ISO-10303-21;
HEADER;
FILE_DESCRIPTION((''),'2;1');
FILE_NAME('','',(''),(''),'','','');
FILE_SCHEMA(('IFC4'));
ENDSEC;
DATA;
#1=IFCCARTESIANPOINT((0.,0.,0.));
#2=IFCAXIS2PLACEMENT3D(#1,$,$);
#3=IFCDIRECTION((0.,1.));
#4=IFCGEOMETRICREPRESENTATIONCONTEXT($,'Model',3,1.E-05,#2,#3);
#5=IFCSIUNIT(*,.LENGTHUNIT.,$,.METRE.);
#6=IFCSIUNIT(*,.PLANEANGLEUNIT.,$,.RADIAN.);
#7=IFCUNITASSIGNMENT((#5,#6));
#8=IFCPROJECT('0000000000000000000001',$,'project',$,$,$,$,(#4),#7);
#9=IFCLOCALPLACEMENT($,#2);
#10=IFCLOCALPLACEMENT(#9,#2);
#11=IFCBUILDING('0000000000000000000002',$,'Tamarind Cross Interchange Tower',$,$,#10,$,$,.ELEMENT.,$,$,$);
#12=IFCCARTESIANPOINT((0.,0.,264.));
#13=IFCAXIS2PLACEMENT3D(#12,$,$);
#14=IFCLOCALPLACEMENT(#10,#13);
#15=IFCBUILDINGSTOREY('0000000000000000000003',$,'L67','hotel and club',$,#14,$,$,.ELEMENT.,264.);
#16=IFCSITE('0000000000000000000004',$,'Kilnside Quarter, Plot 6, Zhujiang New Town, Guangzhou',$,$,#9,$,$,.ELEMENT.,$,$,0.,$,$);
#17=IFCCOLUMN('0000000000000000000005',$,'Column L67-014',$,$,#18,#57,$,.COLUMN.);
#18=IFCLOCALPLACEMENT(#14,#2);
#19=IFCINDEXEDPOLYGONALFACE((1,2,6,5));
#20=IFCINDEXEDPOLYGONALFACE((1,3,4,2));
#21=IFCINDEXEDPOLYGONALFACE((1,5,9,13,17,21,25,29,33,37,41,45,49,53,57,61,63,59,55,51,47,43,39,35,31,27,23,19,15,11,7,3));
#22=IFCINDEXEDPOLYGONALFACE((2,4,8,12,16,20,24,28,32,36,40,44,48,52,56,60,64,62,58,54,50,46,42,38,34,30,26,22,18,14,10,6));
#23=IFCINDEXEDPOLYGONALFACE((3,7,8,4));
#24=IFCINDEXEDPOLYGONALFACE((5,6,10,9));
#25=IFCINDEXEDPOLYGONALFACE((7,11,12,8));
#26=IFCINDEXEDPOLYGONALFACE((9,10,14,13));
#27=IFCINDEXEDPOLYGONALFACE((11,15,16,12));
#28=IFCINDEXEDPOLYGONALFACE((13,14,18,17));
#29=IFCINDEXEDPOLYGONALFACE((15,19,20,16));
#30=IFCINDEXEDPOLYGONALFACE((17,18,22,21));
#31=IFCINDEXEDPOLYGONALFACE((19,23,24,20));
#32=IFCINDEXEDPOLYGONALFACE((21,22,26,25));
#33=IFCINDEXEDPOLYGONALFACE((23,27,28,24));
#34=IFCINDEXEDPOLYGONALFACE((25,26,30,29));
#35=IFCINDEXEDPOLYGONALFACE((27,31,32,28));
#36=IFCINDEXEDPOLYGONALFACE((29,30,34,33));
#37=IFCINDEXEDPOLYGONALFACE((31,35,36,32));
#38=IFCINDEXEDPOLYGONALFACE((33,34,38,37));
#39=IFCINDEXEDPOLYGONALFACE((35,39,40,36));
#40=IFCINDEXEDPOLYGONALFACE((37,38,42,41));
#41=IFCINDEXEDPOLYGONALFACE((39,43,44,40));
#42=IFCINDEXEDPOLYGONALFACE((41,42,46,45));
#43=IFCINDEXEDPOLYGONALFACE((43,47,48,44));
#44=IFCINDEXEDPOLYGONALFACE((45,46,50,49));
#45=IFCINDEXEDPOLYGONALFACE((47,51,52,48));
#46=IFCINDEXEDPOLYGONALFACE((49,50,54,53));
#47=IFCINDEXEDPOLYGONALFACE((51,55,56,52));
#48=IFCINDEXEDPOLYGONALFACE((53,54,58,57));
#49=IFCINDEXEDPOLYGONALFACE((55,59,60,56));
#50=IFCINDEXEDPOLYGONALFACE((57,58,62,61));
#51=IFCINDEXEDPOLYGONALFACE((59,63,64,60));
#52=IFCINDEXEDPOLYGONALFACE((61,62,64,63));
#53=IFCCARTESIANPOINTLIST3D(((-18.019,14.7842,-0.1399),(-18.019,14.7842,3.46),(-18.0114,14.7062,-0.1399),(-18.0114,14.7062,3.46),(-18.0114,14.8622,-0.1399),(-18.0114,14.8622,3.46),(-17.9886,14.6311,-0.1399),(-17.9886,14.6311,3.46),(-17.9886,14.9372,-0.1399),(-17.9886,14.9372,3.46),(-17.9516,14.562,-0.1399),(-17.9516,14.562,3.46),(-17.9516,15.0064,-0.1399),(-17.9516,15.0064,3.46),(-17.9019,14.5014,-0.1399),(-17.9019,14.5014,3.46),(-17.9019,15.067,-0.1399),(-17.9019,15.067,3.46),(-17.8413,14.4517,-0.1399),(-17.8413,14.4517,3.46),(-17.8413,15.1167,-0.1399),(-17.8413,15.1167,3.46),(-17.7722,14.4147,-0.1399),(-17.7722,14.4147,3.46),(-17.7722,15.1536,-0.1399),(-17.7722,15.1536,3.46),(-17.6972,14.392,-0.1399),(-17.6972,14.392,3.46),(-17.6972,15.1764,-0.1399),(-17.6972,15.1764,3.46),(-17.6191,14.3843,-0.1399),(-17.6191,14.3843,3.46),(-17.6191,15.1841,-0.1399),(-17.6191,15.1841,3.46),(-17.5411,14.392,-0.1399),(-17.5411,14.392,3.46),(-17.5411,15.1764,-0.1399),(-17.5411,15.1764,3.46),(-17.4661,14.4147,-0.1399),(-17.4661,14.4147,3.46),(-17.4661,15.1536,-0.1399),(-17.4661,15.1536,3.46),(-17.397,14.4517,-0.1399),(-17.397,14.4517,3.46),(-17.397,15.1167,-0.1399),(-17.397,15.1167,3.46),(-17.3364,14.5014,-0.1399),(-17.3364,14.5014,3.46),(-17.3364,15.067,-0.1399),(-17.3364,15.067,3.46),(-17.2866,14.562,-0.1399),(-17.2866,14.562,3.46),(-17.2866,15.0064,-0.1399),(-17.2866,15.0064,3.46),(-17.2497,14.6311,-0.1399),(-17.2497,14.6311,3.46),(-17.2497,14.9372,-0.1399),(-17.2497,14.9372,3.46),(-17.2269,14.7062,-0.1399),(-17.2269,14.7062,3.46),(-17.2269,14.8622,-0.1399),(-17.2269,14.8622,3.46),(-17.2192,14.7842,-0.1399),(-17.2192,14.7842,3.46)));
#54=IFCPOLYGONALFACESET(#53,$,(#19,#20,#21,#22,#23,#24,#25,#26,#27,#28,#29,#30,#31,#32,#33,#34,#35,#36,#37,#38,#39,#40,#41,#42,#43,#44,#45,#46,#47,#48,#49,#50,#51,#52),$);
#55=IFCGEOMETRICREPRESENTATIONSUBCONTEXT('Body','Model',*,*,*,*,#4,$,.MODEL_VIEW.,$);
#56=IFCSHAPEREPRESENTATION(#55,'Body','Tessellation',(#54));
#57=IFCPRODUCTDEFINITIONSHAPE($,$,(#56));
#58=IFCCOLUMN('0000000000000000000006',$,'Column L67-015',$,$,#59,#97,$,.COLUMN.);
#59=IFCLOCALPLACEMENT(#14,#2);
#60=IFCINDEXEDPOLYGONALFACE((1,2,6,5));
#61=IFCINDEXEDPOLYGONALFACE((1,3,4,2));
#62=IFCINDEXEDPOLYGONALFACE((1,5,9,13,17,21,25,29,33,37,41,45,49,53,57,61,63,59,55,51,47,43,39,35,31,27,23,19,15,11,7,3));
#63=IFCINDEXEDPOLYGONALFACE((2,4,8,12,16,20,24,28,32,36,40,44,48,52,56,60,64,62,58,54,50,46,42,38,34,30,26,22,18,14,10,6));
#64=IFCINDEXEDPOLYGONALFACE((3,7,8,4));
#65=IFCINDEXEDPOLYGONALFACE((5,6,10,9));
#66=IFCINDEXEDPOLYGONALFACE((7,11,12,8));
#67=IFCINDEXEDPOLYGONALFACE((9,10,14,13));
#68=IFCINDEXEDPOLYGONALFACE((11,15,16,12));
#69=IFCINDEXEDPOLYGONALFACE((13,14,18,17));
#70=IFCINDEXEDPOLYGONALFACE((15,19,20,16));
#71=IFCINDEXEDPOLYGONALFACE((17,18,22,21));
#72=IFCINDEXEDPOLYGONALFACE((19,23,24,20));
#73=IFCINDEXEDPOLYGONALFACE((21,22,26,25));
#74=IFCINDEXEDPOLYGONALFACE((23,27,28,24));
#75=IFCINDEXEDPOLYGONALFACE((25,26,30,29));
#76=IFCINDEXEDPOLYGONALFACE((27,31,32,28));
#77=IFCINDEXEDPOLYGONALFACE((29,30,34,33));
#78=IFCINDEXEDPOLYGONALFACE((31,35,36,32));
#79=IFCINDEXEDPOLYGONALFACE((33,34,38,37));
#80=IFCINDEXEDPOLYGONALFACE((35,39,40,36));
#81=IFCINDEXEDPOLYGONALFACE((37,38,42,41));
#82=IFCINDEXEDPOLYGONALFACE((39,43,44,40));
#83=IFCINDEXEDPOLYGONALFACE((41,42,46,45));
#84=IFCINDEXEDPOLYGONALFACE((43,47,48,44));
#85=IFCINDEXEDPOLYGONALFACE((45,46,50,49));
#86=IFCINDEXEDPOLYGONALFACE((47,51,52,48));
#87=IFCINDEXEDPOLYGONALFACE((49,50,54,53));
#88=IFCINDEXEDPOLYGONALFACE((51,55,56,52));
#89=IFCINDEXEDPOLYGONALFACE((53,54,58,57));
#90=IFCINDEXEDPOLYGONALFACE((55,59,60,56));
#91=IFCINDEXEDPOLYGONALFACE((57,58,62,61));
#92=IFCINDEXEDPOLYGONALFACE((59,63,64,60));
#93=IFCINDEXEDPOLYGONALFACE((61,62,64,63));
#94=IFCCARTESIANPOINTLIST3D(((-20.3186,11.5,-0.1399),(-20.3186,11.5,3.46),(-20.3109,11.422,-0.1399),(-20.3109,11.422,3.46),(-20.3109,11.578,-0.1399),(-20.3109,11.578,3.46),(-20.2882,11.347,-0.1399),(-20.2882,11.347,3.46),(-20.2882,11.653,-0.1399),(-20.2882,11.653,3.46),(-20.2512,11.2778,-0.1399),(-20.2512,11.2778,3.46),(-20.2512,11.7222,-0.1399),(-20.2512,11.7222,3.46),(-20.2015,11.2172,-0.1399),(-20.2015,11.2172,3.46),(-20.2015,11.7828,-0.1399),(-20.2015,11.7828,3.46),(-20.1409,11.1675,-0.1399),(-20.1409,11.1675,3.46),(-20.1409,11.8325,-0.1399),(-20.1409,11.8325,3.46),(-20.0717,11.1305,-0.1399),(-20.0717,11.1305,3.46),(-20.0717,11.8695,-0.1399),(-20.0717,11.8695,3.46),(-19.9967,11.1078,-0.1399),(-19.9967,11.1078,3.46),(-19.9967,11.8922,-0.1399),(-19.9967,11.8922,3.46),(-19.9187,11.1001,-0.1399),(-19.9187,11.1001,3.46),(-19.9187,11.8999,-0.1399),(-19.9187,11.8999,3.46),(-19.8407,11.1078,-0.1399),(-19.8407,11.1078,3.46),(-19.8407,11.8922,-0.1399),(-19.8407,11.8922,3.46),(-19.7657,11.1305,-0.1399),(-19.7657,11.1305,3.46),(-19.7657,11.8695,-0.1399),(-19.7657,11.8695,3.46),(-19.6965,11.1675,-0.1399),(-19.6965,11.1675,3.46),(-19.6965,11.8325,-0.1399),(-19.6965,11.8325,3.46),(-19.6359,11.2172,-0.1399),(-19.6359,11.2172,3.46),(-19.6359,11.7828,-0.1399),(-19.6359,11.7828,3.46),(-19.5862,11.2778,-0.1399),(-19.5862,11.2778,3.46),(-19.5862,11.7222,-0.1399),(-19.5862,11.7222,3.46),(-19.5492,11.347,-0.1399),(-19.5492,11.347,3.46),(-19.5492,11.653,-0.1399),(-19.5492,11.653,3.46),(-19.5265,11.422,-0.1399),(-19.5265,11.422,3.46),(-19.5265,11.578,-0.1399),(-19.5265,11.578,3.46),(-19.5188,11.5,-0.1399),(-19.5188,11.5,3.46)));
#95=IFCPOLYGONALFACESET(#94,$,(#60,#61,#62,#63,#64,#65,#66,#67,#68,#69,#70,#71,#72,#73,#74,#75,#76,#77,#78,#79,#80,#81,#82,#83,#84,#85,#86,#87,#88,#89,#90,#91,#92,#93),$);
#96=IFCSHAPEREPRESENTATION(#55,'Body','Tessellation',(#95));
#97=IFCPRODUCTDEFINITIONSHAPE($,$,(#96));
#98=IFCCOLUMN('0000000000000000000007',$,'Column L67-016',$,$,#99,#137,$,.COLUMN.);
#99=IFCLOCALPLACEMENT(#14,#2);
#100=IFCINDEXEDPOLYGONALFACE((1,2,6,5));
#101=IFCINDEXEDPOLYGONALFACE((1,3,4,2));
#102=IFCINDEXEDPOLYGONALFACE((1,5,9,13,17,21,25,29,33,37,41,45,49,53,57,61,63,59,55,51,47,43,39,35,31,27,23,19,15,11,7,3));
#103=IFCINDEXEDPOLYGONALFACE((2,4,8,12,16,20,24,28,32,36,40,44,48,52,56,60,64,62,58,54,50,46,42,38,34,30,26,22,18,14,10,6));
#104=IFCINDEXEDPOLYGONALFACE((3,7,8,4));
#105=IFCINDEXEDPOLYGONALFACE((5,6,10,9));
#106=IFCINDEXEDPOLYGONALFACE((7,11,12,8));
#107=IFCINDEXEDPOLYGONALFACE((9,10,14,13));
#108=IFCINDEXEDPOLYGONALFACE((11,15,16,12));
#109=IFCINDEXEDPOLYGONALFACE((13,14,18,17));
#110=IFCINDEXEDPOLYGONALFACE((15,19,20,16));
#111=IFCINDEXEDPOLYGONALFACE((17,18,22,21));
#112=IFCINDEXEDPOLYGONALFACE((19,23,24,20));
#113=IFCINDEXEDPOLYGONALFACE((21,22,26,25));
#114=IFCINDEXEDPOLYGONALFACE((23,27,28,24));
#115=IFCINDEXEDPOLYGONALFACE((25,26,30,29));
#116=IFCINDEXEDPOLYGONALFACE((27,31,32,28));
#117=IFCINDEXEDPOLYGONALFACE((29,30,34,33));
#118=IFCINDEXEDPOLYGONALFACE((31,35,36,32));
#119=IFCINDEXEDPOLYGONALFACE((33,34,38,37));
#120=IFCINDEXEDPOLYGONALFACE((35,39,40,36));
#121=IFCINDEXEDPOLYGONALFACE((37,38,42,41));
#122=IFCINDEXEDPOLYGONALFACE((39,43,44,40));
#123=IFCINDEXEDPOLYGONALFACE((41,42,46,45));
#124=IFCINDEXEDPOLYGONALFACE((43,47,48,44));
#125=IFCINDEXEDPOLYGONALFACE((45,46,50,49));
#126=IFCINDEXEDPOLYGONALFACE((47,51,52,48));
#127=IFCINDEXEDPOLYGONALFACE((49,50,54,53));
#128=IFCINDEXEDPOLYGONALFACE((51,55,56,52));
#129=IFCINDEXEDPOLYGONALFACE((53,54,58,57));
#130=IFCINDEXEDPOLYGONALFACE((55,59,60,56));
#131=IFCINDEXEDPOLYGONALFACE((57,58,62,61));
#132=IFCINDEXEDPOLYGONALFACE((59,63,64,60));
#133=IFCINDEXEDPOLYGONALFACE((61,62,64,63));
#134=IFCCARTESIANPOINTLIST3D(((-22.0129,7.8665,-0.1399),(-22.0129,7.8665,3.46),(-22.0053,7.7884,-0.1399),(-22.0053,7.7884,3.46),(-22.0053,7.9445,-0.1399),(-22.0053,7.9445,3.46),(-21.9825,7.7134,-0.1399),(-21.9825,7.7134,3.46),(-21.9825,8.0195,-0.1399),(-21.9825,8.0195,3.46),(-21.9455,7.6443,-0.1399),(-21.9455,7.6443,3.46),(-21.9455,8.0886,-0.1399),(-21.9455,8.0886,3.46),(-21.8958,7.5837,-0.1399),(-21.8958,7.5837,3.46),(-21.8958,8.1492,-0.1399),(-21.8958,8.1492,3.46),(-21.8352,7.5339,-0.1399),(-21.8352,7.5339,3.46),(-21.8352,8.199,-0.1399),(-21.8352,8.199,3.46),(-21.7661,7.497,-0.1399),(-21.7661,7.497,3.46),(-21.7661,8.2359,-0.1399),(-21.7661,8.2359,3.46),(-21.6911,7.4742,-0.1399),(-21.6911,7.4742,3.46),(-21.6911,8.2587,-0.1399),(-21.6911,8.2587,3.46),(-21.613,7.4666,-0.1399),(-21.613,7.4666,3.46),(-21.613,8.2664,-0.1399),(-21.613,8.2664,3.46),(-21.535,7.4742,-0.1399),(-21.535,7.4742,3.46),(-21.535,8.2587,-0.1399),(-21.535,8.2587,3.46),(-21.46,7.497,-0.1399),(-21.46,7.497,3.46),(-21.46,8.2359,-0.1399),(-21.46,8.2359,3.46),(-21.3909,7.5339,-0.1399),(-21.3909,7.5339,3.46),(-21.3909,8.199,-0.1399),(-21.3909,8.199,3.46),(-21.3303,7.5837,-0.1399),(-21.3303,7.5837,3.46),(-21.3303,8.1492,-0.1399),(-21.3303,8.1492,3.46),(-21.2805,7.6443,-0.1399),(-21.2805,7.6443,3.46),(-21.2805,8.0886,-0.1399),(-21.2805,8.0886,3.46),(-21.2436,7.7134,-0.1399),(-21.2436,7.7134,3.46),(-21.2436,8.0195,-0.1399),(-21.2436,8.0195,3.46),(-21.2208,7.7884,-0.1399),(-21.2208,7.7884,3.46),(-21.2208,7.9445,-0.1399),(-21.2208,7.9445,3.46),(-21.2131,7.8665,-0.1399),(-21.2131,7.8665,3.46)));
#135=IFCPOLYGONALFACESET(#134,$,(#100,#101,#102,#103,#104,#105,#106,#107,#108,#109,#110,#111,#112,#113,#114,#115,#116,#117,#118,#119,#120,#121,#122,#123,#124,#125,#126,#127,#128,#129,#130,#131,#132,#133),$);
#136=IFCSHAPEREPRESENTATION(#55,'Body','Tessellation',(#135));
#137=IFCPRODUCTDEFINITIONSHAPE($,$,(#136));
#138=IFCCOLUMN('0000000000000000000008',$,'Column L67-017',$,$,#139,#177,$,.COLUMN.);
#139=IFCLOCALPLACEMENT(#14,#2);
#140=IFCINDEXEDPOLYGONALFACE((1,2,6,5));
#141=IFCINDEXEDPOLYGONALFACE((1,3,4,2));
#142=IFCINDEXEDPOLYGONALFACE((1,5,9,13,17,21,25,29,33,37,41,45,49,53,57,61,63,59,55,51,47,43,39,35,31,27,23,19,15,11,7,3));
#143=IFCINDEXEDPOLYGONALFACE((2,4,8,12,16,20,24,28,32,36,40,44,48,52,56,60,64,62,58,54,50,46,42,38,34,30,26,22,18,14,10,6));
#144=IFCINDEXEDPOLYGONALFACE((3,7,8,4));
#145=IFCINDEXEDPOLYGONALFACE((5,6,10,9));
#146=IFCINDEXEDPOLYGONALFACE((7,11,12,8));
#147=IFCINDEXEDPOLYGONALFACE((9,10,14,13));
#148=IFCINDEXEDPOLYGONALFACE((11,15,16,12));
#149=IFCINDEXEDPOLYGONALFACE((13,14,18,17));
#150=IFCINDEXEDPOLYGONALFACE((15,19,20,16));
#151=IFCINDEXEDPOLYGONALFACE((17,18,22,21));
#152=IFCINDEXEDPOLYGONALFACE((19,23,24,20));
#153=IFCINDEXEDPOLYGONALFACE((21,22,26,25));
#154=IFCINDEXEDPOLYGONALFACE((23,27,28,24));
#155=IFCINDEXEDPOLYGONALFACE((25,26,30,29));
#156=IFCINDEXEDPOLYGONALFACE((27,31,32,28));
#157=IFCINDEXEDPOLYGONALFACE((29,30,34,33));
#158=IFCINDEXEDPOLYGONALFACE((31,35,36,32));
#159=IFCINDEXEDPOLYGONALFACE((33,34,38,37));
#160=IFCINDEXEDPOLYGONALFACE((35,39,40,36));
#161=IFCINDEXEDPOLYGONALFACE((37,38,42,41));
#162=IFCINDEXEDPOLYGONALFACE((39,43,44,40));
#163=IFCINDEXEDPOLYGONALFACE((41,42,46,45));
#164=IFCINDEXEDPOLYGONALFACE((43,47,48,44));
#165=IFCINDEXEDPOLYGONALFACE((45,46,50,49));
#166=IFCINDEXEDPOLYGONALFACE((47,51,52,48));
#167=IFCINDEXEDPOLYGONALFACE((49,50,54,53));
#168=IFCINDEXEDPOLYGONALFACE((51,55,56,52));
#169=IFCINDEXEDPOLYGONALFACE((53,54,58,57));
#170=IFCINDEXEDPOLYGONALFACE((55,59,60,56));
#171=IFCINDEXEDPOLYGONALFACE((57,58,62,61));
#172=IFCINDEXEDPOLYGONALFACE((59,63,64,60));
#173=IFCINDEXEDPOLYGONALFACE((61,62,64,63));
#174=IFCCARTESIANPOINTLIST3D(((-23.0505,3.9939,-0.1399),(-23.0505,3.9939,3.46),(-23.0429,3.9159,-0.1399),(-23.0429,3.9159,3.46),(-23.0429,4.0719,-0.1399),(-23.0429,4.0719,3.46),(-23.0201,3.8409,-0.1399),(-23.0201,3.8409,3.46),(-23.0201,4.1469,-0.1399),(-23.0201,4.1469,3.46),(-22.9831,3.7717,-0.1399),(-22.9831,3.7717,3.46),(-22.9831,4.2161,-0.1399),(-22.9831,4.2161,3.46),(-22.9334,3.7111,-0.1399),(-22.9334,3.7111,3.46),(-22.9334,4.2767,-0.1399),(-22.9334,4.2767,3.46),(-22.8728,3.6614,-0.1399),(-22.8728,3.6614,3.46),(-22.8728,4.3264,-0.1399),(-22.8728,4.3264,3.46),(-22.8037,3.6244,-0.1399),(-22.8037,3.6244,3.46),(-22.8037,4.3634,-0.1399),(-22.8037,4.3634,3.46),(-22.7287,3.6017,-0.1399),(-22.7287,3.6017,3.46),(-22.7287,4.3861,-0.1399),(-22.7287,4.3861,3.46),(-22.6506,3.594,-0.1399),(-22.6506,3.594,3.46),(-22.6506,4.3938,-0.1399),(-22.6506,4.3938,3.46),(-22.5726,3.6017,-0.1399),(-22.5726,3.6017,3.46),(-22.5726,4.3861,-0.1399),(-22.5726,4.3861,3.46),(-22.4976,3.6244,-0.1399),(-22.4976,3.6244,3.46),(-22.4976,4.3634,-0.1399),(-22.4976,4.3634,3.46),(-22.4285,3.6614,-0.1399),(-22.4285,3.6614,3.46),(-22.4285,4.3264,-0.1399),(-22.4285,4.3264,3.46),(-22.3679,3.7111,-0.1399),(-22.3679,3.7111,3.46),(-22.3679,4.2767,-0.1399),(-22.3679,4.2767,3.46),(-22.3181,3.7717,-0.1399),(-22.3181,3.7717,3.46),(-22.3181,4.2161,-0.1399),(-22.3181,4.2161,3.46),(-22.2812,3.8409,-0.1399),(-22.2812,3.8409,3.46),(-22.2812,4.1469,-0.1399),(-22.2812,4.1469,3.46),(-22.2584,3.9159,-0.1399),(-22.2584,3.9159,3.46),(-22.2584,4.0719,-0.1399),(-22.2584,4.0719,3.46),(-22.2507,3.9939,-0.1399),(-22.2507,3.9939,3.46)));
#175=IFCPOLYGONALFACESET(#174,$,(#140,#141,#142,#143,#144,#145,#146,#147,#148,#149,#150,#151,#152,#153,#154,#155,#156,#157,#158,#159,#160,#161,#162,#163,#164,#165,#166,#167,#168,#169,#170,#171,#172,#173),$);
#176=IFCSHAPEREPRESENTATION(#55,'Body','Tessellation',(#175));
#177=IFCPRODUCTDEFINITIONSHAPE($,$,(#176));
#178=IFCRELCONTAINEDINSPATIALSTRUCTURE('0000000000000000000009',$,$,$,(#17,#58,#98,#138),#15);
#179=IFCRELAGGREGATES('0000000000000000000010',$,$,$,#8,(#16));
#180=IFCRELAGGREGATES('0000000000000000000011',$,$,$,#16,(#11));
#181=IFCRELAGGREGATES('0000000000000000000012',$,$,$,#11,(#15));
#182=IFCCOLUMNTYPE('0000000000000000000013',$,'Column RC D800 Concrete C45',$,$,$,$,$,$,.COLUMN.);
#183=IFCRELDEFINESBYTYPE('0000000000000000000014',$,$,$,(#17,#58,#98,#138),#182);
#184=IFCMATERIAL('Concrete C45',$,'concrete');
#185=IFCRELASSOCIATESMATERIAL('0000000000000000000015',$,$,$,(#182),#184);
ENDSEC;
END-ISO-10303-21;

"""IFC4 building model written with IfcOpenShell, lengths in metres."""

from ifc_helpers import new_model, si_unit, direction, frame, origin, origin_2d, place, context, subcontext, project, spatial, circle, extrude, material, material_profile, profile_set, type_object, element, save


model = new_model("IFC4")

# Units and contexts
model_context = context("Model", 3, precision=1e-05, world=origin(), true_north=direction((0.0, 1.0)))
body_context = subcontext(model_context, "Body", "Model", "MODEL_VIEW")
ifc_project = project(units=[si_unit("LENGTHUNIT", "METRE"), si_unit("PLANEANGLEUNIT", "RADIAN")], contexts=[model_context])

# Site, building, storey
site_placement = place(None, origin())
site = spatial("IfcSite", under=ifc_project, at=site_placement, Name="Kilnside Quarter, Plot 6, Zhujiang New Town, Guangzhou", CompositionType="ELEMENT", RefElevation=0.0)
building_placement = place(site_placement, origin())
building = spatial("IfcBuilding", under=site, at=building_placement, Name="Tamarind Cross Interchange Tower", CompositionType="ELEMENT")
storey_placement = place(building_placement, frame((0.0, 0.0, 264.0)))
storey = spatial("IfcBuildingStorey", under=building, at=storey_placement, Name="L67", Description="hotel and club", CompositionType="ELEMENT", Elevation=264.0)

# Columns
ifc_material_1 = material(Name="Concrete C45", Category="concrete")
ifc_material_profile_1 = material_profile(ifc_material_1, circle(Radius=0.3999, at=origin_2d()), Name="RC D800")
ifc_profile_set_1 = profile_set([ifc_material_profile_1], Name="Concrete C45")
column_type = type_object("IfcColumnType", Name="Column RC D800 Concrete C45", PredefinedType="COLUMN", material=ifc_profile_set_1)
for number, where, z_axis, x_axis, name in (
    (1, (-17.6191, 14.7842, -0.1399), (0.0, 0.0, 1.0), (1.0, 0.0, 0.0), "Column L67-014"),
    (2, (-19.9187, 11.5, -0.1399), (0.0, 0.0, 1.0), (1.0, 0.0, 0.0), "Column L67-015"),
    (3, (-21.613, 7.8665, -0.1399), (0.0, 0.0, 1.0), (1.0, 0.0, 0.0), "Column L67-016"),
    (4, (-22.6506, 3.9939, -0.1399), (0.0, 0.0, 1.0), (1.0, 0.0, 0.0), "Column L67-017"),
):
    element("IfcColumn", number, at=place(storey_placement, frame(where, z_axis=z_axis, x_axis=x_axis)), inside=storey, type_object=column_type, Name=name, PredefinedType="COLUMN", context=body_context, shape_type="SweptSolid", body=[
        extrude(circle(Radius=0.3999, at=origin_2d()), origin(), (0.0, 0.0, 1.0), 3.5999),
    ])

save(model, "model.ifc")
